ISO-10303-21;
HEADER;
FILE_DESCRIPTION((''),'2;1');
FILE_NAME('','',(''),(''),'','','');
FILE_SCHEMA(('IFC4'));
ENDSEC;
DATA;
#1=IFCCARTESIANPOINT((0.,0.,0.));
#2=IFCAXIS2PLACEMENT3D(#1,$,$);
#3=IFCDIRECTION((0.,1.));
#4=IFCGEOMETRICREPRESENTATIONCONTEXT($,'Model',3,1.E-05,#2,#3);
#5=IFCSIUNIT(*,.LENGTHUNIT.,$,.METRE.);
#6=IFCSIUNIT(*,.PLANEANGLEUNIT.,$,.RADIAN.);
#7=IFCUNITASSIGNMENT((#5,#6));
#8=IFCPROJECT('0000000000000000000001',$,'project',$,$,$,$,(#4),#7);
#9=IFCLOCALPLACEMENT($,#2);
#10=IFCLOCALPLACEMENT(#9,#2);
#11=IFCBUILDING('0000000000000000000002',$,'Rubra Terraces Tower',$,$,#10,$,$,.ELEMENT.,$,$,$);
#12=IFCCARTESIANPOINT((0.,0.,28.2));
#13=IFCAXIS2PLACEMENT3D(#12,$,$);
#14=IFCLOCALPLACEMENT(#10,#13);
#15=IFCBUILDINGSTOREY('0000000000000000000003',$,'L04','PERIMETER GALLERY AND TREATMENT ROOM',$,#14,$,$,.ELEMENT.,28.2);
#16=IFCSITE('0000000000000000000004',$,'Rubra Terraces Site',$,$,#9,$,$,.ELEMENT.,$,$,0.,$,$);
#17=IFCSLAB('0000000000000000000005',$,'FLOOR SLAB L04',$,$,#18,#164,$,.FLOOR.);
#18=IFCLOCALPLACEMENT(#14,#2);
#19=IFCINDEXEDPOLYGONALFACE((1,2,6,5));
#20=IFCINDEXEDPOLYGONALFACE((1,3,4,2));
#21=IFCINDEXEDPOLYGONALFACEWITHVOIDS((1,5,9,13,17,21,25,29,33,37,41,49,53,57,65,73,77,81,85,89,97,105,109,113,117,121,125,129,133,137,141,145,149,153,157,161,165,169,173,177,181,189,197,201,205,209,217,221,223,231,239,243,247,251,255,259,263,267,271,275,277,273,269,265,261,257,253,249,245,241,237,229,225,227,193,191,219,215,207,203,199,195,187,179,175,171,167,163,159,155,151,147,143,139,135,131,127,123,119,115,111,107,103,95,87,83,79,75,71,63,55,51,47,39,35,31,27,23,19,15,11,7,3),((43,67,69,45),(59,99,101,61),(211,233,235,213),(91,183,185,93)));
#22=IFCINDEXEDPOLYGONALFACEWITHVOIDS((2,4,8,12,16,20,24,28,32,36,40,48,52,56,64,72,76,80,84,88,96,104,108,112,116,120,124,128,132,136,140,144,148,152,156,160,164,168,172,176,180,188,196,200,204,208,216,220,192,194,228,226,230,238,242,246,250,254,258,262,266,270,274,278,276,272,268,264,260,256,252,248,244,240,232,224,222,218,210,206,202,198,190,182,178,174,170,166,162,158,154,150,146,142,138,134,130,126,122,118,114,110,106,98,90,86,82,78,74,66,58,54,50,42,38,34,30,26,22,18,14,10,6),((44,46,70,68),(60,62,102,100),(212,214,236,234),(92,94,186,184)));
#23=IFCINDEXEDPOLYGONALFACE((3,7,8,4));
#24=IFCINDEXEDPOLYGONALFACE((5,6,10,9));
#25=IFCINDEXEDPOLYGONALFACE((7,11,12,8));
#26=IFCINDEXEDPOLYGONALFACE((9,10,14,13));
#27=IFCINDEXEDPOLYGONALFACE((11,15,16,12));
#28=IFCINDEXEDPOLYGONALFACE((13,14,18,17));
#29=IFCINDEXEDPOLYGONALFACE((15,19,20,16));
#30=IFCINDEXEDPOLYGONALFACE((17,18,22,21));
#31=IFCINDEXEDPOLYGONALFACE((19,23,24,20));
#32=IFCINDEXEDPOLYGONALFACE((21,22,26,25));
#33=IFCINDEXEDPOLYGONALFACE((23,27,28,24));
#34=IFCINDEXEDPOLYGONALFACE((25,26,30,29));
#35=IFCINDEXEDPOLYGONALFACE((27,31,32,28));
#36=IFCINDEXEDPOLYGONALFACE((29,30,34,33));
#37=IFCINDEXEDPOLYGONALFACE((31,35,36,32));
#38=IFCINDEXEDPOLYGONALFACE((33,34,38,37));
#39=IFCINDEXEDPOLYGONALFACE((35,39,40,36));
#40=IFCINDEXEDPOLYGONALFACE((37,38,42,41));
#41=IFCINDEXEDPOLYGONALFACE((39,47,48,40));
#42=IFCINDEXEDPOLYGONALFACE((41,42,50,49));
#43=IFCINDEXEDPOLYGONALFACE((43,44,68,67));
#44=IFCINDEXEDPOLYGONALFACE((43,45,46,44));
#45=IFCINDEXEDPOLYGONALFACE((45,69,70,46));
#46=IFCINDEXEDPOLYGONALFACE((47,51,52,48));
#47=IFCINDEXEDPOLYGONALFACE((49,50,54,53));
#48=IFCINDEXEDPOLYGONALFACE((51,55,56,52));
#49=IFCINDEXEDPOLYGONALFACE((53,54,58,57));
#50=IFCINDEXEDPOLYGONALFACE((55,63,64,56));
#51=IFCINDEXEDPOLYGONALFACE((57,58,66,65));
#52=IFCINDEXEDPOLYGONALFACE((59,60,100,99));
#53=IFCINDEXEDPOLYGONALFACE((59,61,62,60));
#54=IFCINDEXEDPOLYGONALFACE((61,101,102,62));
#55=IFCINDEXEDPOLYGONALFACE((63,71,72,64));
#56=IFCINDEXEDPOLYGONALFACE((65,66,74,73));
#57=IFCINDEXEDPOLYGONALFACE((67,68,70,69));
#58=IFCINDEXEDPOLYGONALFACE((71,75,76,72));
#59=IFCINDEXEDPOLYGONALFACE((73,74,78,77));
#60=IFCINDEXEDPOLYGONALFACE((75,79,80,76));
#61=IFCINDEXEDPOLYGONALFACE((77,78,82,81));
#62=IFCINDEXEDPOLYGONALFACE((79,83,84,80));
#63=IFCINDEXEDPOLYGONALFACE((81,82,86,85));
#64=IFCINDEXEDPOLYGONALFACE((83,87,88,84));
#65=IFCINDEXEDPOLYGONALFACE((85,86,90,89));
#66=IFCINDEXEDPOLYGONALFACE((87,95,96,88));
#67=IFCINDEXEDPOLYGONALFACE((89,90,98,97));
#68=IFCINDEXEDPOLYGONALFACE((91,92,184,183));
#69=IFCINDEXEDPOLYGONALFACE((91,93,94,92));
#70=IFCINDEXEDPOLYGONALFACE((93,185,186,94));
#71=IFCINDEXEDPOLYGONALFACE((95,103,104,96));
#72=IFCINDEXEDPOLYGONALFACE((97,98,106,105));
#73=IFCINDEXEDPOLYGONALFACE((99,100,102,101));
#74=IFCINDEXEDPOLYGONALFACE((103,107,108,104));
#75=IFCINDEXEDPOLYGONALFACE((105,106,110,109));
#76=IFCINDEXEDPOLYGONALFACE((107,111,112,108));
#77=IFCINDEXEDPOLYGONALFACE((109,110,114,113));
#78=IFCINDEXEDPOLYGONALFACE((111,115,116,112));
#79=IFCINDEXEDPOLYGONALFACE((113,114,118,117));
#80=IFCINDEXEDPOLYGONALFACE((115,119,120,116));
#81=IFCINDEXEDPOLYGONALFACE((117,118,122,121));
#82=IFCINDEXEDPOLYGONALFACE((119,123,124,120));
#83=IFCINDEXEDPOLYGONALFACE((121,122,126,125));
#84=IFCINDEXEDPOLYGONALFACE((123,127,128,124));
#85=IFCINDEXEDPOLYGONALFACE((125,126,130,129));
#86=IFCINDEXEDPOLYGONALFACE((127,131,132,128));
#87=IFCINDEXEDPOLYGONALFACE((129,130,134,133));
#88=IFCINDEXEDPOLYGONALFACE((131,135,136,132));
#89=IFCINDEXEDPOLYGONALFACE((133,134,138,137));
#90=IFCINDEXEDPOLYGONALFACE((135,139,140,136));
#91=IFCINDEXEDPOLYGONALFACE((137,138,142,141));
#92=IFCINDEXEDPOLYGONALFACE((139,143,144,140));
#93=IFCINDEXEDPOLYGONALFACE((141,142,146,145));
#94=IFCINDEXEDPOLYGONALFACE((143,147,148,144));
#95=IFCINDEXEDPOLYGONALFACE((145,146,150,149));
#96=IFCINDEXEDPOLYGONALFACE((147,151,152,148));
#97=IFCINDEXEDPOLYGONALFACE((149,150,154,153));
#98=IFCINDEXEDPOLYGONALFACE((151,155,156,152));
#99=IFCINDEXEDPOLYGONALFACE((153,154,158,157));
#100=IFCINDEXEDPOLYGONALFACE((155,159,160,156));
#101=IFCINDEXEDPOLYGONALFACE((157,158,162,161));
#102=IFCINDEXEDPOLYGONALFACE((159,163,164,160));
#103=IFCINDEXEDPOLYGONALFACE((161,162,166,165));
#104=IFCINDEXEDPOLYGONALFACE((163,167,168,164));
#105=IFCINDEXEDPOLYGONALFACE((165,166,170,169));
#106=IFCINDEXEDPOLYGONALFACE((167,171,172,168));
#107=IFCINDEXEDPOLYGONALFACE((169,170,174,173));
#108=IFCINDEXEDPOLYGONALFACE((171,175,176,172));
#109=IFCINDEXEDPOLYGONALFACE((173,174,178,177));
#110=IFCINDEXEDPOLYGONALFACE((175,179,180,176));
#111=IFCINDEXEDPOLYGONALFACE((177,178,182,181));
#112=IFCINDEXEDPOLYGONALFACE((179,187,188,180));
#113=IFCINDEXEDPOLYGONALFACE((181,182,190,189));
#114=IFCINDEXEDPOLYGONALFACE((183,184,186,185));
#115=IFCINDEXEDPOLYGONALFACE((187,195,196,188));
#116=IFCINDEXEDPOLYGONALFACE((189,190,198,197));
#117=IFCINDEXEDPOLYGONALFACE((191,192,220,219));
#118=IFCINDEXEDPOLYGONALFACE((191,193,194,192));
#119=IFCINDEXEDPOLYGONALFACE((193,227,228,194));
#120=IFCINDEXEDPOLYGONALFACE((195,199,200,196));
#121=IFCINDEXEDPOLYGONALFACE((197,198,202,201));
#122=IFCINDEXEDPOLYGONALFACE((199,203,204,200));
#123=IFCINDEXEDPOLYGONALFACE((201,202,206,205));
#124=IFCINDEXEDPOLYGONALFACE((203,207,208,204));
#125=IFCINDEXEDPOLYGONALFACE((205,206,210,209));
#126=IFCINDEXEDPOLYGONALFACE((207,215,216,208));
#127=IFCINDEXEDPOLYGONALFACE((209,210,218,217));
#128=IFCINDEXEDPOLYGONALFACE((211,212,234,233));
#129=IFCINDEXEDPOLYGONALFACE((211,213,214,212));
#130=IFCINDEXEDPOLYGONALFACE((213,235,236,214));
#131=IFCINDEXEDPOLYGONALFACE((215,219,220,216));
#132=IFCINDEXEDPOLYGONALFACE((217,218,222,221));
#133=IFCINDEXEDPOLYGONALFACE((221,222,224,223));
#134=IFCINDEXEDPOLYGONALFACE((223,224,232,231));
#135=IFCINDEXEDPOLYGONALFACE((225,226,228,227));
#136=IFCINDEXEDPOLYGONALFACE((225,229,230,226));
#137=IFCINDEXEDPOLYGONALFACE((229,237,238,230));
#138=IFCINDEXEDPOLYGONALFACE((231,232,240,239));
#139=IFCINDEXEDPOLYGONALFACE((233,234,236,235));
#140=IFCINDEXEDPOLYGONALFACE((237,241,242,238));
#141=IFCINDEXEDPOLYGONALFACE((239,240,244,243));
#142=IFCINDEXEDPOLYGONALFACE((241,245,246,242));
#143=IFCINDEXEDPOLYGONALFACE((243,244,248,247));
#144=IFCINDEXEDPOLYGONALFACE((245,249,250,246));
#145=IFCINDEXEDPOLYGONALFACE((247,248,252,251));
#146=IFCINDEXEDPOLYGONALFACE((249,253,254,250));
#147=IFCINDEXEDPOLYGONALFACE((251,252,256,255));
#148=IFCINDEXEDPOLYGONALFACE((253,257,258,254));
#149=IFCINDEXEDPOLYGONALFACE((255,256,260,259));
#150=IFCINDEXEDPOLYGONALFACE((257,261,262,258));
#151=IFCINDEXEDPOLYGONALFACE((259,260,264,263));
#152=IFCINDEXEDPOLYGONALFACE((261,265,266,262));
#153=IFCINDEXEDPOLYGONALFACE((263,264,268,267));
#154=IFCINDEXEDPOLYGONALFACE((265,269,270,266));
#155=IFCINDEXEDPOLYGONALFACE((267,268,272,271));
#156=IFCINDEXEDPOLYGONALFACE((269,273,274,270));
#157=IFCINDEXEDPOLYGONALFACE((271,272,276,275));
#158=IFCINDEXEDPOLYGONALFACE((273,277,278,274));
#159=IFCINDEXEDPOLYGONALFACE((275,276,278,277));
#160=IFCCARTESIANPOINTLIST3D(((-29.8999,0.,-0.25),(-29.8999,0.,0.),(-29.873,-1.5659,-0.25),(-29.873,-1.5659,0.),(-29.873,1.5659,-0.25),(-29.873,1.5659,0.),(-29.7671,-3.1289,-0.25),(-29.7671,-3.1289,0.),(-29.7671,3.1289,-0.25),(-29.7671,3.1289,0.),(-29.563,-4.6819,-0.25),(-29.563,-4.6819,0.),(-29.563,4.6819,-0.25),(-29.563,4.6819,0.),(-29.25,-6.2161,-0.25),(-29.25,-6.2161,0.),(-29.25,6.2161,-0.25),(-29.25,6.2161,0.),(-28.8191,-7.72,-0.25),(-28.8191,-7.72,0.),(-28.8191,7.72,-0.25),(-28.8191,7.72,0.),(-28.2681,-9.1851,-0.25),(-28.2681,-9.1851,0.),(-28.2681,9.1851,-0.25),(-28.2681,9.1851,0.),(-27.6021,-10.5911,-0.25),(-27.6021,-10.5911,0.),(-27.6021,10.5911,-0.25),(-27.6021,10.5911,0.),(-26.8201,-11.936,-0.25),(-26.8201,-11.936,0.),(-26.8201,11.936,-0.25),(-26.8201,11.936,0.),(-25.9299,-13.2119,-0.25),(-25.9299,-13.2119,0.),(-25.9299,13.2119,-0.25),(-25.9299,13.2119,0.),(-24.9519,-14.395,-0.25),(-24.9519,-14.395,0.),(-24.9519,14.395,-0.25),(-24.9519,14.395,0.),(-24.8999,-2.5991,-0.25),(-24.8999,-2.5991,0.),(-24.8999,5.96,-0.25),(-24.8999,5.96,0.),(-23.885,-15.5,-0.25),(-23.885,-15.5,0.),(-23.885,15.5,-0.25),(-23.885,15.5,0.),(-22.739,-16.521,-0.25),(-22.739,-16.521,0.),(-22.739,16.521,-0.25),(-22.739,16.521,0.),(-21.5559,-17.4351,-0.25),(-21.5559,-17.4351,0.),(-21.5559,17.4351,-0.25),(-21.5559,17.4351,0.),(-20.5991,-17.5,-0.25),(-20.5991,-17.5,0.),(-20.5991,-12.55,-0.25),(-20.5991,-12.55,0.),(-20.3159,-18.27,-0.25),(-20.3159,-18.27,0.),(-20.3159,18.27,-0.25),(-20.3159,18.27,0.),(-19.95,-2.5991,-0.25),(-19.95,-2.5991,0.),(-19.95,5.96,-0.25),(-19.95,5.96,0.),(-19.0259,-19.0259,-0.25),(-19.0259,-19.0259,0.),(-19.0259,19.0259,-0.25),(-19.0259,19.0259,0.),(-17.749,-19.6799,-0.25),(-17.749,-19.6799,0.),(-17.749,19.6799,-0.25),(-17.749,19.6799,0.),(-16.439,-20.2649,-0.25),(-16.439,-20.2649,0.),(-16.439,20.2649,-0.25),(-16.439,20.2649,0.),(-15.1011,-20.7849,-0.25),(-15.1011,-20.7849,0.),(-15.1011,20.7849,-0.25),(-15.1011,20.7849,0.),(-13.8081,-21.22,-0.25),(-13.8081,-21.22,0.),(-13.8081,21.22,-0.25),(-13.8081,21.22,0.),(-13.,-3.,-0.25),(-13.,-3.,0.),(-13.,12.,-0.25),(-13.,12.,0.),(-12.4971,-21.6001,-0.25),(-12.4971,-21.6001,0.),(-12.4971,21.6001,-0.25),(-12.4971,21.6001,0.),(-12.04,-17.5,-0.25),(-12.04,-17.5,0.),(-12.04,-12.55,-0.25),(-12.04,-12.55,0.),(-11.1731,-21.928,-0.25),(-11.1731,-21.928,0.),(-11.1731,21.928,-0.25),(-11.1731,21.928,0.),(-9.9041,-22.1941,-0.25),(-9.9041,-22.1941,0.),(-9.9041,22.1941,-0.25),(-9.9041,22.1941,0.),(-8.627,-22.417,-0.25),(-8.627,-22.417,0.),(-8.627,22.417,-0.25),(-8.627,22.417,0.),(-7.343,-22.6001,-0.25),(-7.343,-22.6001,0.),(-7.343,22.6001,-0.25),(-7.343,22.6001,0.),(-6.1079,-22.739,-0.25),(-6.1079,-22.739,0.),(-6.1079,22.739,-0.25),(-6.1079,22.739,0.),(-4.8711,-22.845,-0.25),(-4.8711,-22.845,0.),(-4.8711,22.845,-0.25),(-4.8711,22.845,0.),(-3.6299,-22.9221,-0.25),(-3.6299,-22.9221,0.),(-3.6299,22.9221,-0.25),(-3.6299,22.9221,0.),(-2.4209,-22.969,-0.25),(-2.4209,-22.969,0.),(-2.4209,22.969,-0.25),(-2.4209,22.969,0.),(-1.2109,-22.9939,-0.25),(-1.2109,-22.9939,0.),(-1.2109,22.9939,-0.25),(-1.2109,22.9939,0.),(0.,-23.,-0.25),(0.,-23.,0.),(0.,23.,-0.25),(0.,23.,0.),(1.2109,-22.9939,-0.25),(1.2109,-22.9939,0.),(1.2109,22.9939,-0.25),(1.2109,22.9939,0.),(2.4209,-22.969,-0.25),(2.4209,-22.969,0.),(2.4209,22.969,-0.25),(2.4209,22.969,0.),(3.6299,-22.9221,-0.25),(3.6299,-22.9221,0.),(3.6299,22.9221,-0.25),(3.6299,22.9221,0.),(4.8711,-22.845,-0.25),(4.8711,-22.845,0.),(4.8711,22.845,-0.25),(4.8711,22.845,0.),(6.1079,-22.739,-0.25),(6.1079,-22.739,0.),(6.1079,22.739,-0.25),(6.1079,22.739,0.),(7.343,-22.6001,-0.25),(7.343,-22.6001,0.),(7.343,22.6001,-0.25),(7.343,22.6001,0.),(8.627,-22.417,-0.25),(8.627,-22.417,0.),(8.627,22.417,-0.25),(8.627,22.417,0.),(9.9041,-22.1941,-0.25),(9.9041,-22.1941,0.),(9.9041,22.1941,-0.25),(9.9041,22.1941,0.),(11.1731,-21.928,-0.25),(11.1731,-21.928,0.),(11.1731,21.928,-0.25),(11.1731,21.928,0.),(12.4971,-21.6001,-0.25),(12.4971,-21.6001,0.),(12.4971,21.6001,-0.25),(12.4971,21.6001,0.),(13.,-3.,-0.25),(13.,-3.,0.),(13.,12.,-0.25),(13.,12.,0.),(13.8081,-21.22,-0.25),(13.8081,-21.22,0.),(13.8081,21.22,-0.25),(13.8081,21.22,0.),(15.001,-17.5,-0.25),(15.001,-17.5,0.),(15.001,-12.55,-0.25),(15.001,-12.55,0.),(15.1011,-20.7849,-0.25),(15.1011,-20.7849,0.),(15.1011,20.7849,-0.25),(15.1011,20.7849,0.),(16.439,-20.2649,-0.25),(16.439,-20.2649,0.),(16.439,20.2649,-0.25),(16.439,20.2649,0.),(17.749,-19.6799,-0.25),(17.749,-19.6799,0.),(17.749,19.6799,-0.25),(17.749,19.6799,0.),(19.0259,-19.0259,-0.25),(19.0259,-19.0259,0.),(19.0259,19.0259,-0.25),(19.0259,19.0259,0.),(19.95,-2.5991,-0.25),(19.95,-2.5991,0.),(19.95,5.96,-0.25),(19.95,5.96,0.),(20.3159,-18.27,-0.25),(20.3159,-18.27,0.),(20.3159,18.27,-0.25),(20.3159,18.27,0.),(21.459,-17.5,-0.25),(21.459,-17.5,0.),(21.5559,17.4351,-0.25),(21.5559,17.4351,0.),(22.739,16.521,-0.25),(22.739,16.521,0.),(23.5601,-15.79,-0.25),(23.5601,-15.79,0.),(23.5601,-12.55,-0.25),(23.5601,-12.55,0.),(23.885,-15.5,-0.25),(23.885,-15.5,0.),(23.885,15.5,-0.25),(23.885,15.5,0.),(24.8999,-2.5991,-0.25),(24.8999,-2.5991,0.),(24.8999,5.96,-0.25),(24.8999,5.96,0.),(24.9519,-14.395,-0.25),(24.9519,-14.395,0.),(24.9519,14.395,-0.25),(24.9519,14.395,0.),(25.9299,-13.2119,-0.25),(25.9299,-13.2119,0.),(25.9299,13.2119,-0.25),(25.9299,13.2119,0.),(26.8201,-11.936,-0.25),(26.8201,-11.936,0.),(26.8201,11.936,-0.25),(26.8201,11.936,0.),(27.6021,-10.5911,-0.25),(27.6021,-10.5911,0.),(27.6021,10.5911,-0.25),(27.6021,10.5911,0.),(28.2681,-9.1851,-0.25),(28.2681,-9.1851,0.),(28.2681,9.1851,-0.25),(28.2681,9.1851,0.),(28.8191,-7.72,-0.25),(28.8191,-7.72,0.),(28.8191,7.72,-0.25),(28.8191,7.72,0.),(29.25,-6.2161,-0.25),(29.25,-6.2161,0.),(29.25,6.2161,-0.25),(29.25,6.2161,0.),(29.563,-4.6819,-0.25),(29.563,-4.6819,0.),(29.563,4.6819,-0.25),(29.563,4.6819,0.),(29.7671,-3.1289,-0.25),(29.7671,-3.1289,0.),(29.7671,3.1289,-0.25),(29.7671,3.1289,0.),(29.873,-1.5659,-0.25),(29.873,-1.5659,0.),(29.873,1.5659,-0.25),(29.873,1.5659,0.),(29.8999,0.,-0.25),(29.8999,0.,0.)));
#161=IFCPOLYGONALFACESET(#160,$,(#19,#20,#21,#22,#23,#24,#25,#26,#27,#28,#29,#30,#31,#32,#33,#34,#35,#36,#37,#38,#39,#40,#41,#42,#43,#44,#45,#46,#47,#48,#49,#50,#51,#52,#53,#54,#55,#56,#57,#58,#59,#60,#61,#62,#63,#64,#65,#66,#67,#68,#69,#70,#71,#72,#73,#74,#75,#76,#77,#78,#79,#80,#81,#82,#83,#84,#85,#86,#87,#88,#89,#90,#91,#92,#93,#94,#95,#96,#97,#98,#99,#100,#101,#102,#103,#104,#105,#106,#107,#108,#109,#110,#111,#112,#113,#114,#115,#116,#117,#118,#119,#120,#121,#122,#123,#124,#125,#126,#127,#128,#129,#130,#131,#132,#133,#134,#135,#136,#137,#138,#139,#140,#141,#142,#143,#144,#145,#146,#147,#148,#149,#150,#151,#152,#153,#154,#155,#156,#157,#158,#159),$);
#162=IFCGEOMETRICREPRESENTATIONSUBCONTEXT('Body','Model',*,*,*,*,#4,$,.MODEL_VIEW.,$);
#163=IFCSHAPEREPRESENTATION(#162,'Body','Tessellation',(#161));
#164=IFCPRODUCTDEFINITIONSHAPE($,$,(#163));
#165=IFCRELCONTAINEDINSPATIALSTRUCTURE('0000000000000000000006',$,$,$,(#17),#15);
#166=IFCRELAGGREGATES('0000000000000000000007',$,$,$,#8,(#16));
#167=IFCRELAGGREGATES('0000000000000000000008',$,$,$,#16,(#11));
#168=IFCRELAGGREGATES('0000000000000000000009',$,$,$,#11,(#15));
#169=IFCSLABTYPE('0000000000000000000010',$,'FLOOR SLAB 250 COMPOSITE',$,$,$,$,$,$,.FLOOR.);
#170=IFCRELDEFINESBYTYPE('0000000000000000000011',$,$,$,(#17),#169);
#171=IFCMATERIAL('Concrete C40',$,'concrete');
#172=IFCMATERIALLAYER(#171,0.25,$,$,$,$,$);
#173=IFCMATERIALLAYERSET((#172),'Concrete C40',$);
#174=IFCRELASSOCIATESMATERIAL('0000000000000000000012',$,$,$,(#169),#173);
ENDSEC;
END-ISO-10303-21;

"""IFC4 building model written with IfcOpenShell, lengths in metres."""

from ifc_helpers import new_model, si_unit, direction, frame, origin, place, context, subcontext, project, spatial, polyline, outline, extrude, material, layer, layer_set, type_object, element, save


model = new_model("IFC4")

# Units and contexts
model_context = context("Model", 3, precision=1e-05, world=origin(), true_north=direction((0.0, 1.0)))
body_context = subcontext(model_context, "Body", "Model", "MODEL_VIEW")
ifc_project = project(units=[si_unit("LENGTHUNIT", "METRE"), si_unit("PLANEANGLEUNIT", "RADIAN")], contexts=[model_context])

# Site, building, storey
site_placement = place(None, origin())
site = spatial("IfcSite", under=ifc_project, at=site_placement, Name="Rubra Terraces Site", CompositionType="ELEMENT", RefElevation=0.0)
building_placement = place(site_placement, origin())
building = spatial("IfcBuilding", under=site, at=building_placement, Name="Rubra Terraces Tower", CompositionType="ELEMENT")
storey_placement = place(building_placement, frame((0.0, 0.0, 28.2)))
storey = spatial("IfcBuildingStorey", under=building, at=storey_placement, Name="L04", Description="PERIMETER GALLERY AND TREATMENT ROOM", CompositionType="ELEMENT", Elevation=28.2)

# Slab
ifc_material_1 = material(Name="Concrete C40", Category="concrete")
ifc_layer_1 = layer(ifc_material_1, 0.25)
ifc_layer_set_1 = layer_set([ifc_layer_1], Name="Concrete C40")
slab_type = type_object("IfcSlabType", Name="FLOOR SLAB 250 COMPOSITE", PredefinedType="FLOOR", material=ifc_layer_set_1)
slab_placement = place(storey_placement, frame((0.0, 0.0, -0.25)))
element("IfcSlab", 1, at=slab_placement, inside=storey, type_object=slab_type, Name="FLOOR SLAB L04", PredefinedType="FLOOR", context=body_context, shape_type="SweptSolid", body=[
    extrude(outline(polyline([(28.8191, -7.72), (29.25, -6.2161), (29.563, -4.6819), (29.7671, -3.1289), (29.873, -1.5659), (29.8999, 0.0), (29.873, 1.5659), (29.7671, 3.1289), (29.563, 4.6819), (29.25, 6.2161), (28.8191, 7.72), (28.2681, 9.1851), (27.6021, 10.5911), (26.8201, 11.936), (25.9299, 13.2119), (24.9519, 14.395), (23.885, 15.5), (22.739, 16.521), (21.5559, 17.4351), (20.3159, 18.27), (19.0259, 19.0259), (17.749, 19.6799), (16.439, 20.2649), (15.1011, 20.7849), (13.8081, 21.22), (12.4971, 21.6001), (11.1731, 21.928), (9.9041, 22.1941), (8.627, 22.417), (7.343, 22.6001), (6.1079, 22.739), (4.8711, 22.845), (3.6299, 22.9221), (2.4209, 22.969), (1.2109, 22.9939), (0.0, 23.0), (-1.2109, 22.9939), (-2.4209, 22.969), (-3.6299, 22.9221), (-4.8711, 22.845), (-6.1079, 22.739), (-7.343, 22.6001), (-8.627, 22.417), (-9.9041, 22.1941), (-11.1731, 21.928), (-12.4971, 21.6001), (-13.8081, 21.22), (-15.1011, 20.7849), (-16.439, 20.2649), (-17.749, 19.6799), (-19.0259, 19.0259), (-20.3159, 18.27), (-21.5559, 17.4351), (-22.739, 16.521), (-23.885, 15.5), (-24.9519, 14.395), (-25.9299, 13.2119), (-26.8201, 11.936), (-27.6021, 10.5911), (-28.2681, 9.1851), (-28.8191, 7.72), (-29.25, 6.2161), (-29.563, 4.6819), (-29.7671, 3.1289), (-29.873, 1.5659), (-29.8999, 0.0), (-29.873, -1.5659), (-29.7671, -3.1289), (-29.563, -4.6819), (-29.25, -6.2161), (-28.8191, -7.72), (-28.2681, -9.1851), (-27.6021, -10.5911), (-26.8201, -11.936), (-25.9299, -13.2119), (-24.9519, -14.395), (-23.885, -15.5), (-22.739, -16.521), (-21.5559, -17.4351), (-20.3159, -18.27), (-19.0259, -19.0259), (-17.749, -19.6799), (-16.439, -20.2649), (-15.1011, -20.7849), (-13.8081, -21.22), (-12.4971, -21.6001), (-11.1731, -21.928), (-9.9041, -22.1941), (-8.627, -22.417), (-7.343, -22.6001), (-6.1079, -22.739), (-4.8711, -22.845), (-3.6299, -22.9221), (-2.4209, -22.969), (-1.2109, -22.9939), (0.0, -23.0), (1.2109, -22.9939), (2.4209, -22.969), (3.6299, -22.9221), (4.8711, -22.845), (6.1079, -22.739), (7.343, -22.6001), (8.627, -22.417), (9.9041, -22.1941), (11.1731, -21.928), (12.4971, -21.6001), (13.8081, -21.22), (15.1011, -20.7849), (16.439, -20.2649), (17.749, -19.6799), (19.0259, -19.0259), (20.3159, -18.27), (21.459, -17.5), (15.001, -17.5), (15.001, -12.55), (23.5601, -12.55), (23.5601, -15.79), (23.885, -15.5), (24.9519, -14.395), (25.9299, -13.2119), (26.8201, -11.936), (27.6021, -10.5911), (28.2681, -9.1851), (28.8191, -7.72)]), holes=[polyline([(13.0, 12.0), (13.0, -3.0), (-13.0, -3.0), (-13.0, 12.0), (13.0, 12.0)]), polyline([(-19.95, -2.5991), (-24.8999, -2.5991), (-24.8999, 5.96), (-19.95, 5.96), (-19.95, -2.5991)]), polyline([(19.95, -2.5991), (19.95, 5.96), (24.8999, 5.96), (24.8999, -2.5991), (19.95, -2.5991)]), polyline([(-12.04, -12.55), (-12.04, -17.5), (-20.5991, -17.5), (-20.5991, -12.55), (-12.04, -12.55)])]), origin(), (0.0, 0.0, 1.0), 0.25),
])

save(model, "model.ifc")
